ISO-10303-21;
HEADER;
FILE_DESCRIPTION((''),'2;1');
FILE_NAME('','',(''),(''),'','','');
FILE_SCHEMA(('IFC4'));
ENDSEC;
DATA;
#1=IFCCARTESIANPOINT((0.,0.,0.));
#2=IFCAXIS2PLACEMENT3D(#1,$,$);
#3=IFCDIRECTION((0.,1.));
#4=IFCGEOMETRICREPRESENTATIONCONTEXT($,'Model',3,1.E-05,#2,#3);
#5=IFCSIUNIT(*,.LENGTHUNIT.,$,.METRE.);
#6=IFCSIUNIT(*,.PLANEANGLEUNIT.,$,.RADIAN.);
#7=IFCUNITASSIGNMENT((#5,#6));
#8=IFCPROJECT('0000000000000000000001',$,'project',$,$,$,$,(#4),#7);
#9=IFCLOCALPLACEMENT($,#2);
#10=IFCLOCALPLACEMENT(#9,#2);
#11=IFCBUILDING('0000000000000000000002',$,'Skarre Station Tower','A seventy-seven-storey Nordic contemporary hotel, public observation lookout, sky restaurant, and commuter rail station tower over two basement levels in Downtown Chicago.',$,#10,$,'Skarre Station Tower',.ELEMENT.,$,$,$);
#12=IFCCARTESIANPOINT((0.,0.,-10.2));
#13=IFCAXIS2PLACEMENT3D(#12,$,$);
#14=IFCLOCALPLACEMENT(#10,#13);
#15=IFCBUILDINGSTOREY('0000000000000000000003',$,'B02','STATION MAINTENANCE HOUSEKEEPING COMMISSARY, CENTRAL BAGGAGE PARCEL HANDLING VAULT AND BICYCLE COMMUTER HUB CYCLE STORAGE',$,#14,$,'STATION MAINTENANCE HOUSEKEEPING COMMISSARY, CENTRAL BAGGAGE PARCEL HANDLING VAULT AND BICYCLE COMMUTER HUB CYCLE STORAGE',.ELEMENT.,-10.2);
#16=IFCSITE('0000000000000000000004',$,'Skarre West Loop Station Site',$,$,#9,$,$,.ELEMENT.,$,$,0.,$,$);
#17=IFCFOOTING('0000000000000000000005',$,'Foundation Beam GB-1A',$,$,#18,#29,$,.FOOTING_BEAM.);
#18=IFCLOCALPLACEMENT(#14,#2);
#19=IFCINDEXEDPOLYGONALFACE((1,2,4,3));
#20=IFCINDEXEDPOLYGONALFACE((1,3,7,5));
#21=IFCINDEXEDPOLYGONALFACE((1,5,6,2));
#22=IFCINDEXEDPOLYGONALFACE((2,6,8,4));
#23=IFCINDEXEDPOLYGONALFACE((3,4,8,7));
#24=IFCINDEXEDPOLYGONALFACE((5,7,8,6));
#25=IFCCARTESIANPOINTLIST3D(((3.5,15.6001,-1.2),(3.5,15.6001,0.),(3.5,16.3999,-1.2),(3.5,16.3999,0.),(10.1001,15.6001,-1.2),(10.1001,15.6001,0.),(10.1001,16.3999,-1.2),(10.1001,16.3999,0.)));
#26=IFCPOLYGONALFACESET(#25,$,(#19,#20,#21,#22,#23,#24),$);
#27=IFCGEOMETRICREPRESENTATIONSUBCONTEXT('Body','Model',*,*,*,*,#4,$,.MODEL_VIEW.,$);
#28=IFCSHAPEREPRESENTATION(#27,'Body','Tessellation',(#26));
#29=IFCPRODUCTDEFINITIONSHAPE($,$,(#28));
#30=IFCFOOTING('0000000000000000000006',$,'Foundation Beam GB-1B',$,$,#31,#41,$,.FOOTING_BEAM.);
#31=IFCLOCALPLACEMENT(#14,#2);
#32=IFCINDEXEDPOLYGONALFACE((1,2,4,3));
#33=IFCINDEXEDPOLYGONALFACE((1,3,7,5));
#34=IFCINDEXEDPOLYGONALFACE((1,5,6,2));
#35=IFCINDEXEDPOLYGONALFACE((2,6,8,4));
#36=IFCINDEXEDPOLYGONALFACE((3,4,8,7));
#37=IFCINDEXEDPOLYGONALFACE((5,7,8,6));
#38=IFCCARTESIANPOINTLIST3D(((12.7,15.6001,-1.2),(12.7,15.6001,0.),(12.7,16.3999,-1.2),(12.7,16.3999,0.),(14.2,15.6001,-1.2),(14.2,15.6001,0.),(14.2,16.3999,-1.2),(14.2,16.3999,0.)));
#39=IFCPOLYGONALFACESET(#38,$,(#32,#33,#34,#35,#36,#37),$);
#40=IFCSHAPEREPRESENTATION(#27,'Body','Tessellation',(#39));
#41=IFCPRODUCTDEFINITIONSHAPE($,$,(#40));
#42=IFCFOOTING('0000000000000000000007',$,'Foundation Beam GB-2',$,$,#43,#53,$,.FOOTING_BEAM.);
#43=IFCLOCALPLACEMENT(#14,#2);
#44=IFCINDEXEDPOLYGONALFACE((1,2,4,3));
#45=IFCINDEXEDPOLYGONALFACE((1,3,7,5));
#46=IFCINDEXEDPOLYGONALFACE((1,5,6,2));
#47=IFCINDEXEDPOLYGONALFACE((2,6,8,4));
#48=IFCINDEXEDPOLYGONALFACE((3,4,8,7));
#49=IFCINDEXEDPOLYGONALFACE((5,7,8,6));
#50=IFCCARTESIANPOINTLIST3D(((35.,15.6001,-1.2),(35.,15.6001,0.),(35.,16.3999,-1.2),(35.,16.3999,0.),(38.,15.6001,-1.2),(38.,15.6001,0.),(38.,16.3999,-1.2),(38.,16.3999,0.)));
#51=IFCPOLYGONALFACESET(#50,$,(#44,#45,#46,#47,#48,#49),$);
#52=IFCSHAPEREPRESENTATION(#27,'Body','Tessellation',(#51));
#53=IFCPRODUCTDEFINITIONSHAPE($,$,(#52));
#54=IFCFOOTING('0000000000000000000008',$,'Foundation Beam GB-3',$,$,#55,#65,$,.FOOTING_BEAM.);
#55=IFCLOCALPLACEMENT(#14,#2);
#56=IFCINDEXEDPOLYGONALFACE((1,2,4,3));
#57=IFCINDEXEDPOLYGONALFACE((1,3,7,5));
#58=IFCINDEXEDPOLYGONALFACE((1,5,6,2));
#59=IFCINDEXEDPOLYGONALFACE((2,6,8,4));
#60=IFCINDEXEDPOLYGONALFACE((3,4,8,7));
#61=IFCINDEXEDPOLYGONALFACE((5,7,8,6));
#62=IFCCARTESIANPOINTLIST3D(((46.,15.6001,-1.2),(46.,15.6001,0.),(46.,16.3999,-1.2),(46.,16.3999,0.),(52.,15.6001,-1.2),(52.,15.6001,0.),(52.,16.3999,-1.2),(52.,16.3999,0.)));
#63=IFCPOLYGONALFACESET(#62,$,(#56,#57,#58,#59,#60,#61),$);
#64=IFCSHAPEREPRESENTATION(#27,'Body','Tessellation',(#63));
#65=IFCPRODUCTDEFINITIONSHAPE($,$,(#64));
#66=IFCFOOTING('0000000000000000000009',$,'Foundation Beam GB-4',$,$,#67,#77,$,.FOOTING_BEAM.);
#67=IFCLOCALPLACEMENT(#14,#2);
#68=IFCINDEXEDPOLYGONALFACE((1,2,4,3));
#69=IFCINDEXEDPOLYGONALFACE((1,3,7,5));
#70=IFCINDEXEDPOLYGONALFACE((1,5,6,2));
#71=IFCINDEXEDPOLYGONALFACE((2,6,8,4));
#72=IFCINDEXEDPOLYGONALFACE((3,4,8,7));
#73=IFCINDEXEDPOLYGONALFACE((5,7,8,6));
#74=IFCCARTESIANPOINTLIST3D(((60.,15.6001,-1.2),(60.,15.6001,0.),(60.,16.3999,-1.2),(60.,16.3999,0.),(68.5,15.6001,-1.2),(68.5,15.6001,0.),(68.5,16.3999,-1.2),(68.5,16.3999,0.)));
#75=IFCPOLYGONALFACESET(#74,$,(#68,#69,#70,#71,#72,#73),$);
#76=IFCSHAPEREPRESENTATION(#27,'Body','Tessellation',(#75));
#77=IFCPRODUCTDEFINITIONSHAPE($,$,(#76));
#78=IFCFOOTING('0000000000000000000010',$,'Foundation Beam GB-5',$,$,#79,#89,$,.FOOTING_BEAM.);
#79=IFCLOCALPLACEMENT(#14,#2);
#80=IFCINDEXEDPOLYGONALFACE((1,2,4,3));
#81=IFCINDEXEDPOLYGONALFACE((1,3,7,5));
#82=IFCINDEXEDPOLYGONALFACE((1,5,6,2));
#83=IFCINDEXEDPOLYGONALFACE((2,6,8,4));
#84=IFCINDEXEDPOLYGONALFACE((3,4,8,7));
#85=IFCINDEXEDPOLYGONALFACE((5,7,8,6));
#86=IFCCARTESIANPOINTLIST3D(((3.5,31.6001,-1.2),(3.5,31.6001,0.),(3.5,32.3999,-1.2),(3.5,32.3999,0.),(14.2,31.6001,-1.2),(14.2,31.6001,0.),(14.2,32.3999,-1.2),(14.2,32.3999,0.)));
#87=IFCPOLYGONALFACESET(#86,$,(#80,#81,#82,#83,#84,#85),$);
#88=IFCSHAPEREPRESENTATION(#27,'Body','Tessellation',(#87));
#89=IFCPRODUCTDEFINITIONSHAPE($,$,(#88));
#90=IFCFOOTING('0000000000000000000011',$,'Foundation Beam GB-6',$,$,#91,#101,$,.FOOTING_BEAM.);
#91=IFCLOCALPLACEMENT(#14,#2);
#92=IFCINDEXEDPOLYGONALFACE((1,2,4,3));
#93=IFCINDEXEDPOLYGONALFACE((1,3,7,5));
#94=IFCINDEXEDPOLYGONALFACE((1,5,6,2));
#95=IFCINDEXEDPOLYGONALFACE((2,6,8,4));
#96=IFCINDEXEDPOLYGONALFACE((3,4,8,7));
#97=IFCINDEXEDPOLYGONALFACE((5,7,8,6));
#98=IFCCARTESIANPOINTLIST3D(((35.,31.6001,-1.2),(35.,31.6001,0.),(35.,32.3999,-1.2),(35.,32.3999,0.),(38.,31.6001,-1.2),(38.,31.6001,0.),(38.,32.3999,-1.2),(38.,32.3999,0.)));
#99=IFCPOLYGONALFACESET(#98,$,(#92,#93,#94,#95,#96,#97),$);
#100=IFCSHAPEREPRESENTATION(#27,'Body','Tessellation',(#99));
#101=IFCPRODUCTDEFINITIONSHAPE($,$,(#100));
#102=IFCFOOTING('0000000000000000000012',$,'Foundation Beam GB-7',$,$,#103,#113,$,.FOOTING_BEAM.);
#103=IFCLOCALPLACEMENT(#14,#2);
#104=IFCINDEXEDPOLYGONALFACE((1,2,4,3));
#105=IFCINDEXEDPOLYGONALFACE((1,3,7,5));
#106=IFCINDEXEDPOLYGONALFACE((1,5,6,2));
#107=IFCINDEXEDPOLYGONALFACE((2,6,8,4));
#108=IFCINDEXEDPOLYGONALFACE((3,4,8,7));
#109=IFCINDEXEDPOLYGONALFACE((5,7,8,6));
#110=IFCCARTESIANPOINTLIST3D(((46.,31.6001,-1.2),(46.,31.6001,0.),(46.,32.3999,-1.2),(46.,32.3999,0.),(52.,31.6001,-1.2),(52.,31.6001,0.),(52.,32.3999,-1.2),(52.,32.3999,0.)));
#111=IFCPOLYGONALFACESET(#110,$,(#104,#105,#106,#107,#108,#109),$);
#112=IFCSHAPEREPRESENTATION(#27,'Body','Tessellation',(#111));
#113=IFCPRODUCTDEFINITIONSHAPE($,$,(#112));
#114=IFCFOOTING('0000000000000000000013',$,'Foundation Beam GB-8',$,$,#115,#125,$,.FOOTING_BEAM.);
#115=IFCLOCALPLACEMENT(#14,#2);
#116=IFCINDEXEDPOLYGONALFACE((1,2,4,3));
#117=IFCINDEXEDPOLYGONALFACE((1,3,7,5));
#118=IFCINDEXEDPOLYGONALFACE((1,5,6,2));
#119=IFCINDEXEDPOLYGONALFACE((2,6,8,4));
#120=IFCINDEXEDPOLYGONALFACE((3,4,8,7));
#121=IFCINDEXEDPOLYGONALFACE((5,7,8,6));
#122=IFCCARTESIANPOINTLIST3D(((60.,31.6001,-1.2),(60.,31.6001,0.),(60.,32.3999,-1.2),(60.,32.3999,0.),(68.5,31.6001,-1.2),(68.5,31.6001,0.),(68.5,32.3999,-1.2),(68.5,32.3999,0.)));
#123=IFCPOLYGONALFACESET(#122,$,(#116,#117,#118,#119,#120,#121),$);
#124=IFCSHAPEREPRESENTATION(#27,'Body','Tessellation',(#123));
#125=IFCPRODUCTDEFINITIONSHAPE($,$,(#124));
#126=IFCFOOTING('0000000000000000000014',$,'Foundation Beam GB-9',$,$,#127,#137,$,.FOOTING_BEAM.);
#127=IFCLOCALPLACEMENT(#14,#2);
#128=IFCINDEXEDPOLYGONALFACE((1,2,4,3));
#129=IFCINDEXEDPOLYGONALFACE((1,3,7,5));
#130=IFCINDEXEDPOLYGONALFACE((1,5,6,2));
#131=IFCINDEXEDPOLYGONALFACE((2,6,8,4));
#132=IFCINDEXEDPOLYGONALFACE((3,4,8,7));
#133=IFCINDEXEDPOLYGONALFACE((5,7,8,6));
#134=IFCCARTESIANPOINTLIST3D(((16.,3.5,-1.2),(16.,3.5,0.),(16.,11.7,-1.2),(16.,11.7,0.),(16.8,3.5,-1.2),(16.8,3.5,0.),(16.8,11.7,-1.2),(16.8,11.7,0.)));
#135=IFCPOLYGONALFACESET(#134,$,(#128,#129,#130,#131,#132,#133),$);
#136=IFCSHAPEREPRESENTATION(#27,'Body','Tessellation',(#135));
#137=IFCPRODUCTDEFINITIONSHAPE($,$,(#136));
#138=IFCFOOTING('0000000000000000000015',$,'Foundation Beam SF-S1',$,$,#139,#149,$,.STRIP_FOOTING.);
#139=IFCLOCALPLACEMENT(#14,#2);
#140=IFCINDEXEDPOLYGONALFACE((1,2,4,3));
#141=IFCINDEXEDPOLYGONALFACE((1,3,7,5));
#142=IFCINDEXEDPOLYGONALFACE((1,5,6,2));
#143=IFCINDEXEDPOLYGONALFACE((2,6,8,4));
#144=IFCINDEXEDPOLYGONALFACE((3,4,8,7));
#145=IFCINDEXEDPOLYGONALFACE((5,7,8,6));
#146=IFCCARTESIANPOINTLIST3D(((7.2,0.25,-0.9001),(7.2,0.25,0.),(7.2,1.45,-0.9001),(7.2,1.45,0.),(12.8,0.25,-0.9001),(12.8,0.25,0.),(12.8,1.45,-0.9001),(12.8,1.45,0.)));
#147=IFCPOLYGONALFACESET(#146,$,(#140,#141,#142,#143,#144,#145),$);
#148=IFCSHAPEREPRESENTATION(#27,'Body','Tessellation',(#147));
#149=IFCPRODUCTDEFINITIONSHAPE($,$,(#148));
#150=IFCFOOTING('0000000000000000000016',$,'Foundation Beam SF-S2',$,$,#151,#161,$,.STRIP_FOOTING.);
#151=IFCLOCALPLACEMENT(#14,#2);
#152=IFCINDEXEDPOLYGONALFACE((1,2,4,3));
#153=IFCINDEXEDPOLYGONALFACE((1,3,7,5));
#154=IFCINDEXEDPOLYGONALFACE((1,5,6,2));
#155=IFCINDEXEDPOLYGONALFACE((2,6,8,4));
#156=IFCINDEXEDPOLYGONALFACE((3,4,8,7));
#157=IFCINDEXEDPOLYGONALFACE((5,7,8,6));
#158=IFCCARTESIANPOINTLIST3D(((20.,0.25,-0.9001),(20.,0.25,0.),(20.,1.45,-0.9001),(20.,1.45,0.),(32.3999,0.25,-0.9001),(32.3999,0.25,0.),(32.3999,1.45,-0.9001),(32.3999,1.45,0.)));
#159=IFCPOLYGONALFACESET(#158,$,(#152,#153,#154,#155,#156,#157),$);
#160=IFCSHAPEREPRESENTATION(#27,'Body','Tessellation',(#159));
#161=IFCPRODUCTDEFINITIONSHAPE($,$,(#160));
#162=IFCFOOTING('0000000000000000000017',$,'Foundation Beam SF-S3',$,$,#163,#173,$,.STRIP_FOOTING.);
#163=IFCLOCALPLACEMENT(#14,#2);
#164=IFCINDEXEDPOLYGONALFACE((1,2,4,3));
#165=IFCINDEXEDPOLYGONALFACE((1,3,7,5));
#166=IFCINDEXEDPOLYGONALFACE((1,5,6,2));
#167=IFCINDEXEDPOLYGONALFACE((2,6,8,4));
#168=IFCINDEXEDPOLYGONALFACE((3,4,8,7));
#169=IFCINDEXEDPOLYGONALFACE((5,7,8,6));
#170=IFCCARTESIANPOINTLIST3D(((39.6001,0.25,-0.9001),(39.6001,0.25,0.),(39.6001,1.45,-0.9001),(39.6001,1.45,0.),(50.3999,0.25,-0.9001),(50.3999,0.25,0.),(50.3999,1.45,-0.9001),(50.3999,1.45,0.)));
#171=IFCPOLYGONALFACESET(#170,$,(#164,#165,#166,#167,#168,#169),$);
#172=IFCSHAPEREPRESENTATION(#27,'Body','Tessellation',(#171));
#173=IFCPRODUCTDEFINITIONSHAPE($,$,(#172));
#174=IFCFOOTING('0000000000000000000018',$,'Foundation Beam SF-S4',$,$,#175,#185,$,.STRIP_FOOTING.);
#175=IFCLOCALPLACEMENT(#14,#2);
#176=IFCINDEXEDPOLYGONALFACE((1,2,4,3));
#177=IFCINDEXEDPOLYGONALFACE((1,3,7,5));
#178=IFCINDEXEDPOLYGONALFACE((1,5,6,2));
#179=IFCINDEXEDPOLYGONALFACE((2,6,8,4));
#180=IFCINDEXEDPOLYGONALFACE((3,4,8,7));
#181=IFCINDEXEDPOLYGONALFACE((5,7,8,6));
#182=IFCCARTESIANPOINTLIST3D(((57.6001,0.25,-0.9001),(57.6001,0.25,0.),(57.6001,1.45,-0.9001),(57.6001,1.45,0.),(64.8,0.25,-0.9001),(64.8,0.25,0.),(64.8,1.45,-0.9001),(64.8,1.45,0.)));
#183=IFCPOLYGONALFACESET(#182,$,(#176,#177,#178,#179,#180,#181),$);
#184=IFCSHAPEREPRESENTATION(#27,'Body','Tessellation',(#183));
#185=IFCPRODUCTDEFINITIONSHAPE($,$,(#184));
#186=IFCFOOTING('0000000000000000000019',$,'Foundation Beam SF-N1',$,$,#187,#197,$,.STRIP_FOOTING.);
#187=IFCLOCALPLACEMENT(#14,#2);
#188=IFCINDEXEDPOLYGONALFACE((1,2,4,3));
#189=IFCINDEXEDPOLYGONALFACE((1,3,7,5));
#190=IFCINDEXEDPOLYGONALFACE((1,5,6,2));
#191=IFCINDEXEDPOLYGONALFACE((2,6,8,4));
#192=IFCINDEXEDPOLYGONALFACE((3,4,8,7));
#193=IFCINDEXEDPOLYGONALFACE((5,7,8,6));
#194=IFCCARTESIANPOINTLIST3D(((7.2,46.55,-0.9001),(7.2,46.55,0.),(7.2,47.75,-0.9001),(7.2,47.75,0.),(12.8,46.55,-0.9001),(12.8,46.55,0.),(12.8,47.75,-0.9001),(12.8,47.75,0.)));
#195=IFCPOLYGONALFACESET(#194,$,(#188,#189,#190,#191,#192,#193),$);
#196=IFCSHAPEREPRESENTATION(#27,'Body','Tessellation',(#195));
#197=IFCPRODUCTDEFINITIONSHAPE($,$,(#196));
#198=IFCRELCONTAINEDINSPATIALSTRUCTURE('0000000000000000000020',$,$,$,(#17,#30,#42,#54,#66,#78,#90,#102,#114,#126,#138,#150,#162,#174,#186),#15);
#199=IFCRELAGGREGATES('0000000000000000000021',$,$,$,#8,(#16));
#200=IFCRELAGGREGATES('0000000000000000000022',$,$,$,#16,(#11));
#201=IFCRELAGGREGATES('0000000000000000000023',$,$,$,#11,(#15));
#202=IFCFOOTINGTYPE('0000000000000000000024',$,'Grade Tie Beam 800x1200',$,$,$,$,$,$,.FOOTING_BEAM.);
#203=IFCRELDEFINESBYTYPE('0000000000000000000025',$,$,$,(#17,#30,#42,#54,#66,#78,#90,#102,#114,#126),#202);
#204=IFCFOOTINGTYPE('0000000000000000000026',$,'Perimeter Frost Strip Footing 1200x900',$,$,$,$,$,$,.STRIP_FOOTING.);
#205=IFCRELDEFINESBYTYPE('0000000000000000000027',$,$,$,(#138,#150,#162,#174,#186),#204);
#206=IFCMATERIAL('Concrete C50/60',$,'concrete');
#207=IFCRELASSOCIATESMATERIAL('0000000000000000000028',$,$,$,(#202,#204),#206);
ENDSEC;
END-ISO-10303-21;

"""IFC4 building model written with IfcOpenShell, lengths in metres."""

from ifc_helpers import new_model, si_unit, direction, frame, origin, place, context, subcontext, project, spatial, polyline, outline, extrude, material, type_object, element, save


model = new_model("IFC4")

# Units and contexts
model_context = context("Model", 3, precision=1e-05, world=origin(), true_north=direction((0.0, 1.0)))
body_context = subcontext(model_context, "Body", "Model", "MODEL_VIEW")
ifc_project = project(units=[si_unit("LENGTHUNIT", "METRE"), si_unit("PLANEANGLEUNIT", "RADIAN")], contexts=[model_context])

# Site, building, storey
site_placement = place(None, origin())
site = spatial("IfcSite", under=ifc_project, at=site_placement, Name="Skarre West Loop Station Site", CompositionType="ELEMENT", RefElevation=0.0)
building_placement = place(site_placement, origin())
building = spatial("IfcBuilding", under=site, at=building_placement, Name="Skarre Station Tower", Description="A seventy-seven-storey Nordic contemporary hotel, public observation lookout, sky restaurant, and commuter rail station tower over two basement levels in Downtown Chicago.", LongName="Skarre Station Tower", CompositionType="ELEMENT")
storey_placement = place(building_placement, frame((0.0, 0.0, -10.2)))
storey = spatial("IfcBuildingStorey", under=building, at=storey_placement, Name="B02", Description="STATION MAINTENANCE HOUSEKEEPING COMMISSARY, CENTRAL BAGGAGE PARCEL HANDLING VAULT AND BICYCLE COMMUTER HUB CYCLE STORAGE", LongName="STATION MAINTENANCE HOUSEKEEPING COMMISSARY, CENTRAL BAGGAGE PARCEL HANDLING VAULT AND BICYCLE COMMUTER HUB CYCLE STORAGE", CompositionType="ELEMENT", Elevation=-10.2)

# Footings
ifc_material = material(Name="Concrete C50/60", Category="concrete")
footing_type_1 = type_object("IfcFootingType", Name="Grade Tie Beam 800x1200", PredefinedType="FOOTING_BEAM", material=ifc_material)
footing_1_placement = place(storey_placement, frame((0.0, 0.0, -1.2)))
element("IfcFooting", 1, at=footing_1_placement, inside=storey, type_object=footing_type_1, Name="Foundation Beam GB-1A", PredefinedType="FOOTING_BEAM", context=body_context, shape_type="SweptSolid", body=[
    extrude(outline(polyline([(3.5, 15.6001), (10.1001, 15.6001), (10.1001, 16.3999), (3.5, 16.3999), (3.5, 15.6001)])), origin(), (0.0, 0.0, 1.0), 1.2),
])
footing_2_placement = place(storey_placement, frame((0.0, 0.0, -1.2)))
element("IfcFooting", 2, at=footing_2_placement, inside=storey, type_object=footing_type_1, Name="Foundation Beam GB-1B", PredefinedType="FOOTING_BEAM", context=body_context, shape_type="SweptSolid", body=[
    extrude(outline(polyline([(12.7, 15.6001), (14.2, 15.6001), (14.2, 16.3999), (12.7, 16.3999), (12.7, 15.6001)])), origin(), (0.0, 0.0, 1.0), 1.2),
])
footing_3_placement = place(storey_placement, frame((0.0, 0.0, -1.2)))
element("IfcFooting", 3, at=footing_3_placement, inside=storey, type_object=footing_type_1, Name="Foundation Beam GB-2", PredefinedType="FOOTING_BEAM", context=body_context, shape_type="SweptSolid", body=[
    extrude(outline(polyline([(35.0, 15.6001), (38.0, 15.6001), (38.0, 16.3999), (35.0, 16.3999), (35.0, 15.6001)])), origin(), (0.0, 0.0, 1.0), 1.2),
])
footing_4_placement = place(storey_placement, frame((0.0, 0.0, -1.2)))
element("IfcFooting", 4, at=footing_4_placement, inside=storey, type_object=footing_type_1, Name="Foundation Beam GB-3", PredefinedType="FOOTING_BEAM", context=body_context, shape_type="SweptSolid", body=[
    extrude(outline(polyline([(46.0, 15.6001), (52.0, 15.6001), (52.0, 16.3999), (46.0, 16.3999), (46.0, 15.6001)])), origin(), (0.0, 0.0, 1.0), 1.2),
])
footing_5_placement = place(storey_placement, frame((0.0, 0.0, -1.2)))
element("IfcFooting", 5, at=footing_5_placement, inside=storey, type_object=footing_type_1, Name="Foundation Beam GB-4", PredefinedType="FOOTING_BEAM", context=body_context, shape_type="SweptSolid", body=[
    extrude(outline(polyline([(60.0, 15.6001), (68.5, 15.6001), (68.5, 16.3999), (60.0, 16.3999), (60.0, 15.6001)])), origin(), (0.0, 0.0, 1.0), 1.2),
])
footing_6_placement = place(storey_placement, frame((0.0, 0.0, -1.2)))
element("IfcFooting", 6, at=footing_6_placement, inside=storey, type_object=footing_type_1, Name="Foundation Beam GB-5", PredefinedType="FOOTING_BEAM", context=body_context, shape_type="SweptSolid", body=[
    extrude(outline(polyline([(3.5, 31.6001), (14.2, 31.6001), (14.2, 32.3999), (3.5, 32.3999), (3.5, 31.6001)])), origin(), (0.0, 0.0, 1.0), 1.2),
])
footing_7_placement = place(storey_placement, frame((0.0, 0.0, -1.2)))
element("IfcFooting", 7, at=footing_7_placement, inside=storey, type_object=footing_type_1, Name="Foundation Beam GB-6", PredefinedType="FOOTING_BEAM", context=body_context, shape_type="SweptSolid", body=[
    extrude(outline(polyline([(35.0, 31.6001), (38.0, 31.6001), (38.0, 32.3999), (35.0, 32.3999), (35.0, 31.6001)])), origin(), (0.0, 0.0, 1.0), 1.2),
])
footing_8_placement = place(storey_placement, frame((0.0, 0.0, -1.2)))
element("IfcFooting", 8, at=footing_8_placement, inside=storey, type_object=footing_type_1, Name="Foundation Beam GB-7", PredefinedType="FOOTING_BEAM", context=body_context, shape_type="SweptSolid", body=[
    extrude(outline(polyline([(46.0, 31.6001), (52.0, 31.6001), (52.0, 32.3999), (46.0, 32.3999), (46.0, 31.6001)])), origin(), (0.0, 0.0, 1.0), 1.2),
])
footing_9_placement = place(storey_placement, frame((0.0, 0.0, -1.2)))
element("IfcFooting", 9, at=footing_9_placement, inside=storey, type_object=footing_type_1, Name="Foundation Beam GB-8", PredefinedType="FOOTING_BEAM", context=body_context, shape_type="SweptSolid", body=[
    extrude(outline(polyline([(60.0, 31.6001), (68.5, 31.6001), (68.5, 32.3999), (60.0, 32.3999), (60.0, 31.6001)])), origin(), (0.0, 0.0, 1.0), 1.2),
])
footing_10_placement = place(storey_placement, frame((0.0, 0.0, -1.2)))
element("IfcFooting", 10, at=footing_10_placement, inside=storey, type_object=footing_type_1, Name="Foundation Beam GB-9", PredefinedType="FOOTING_BEAM", context=body_context, shape_type="SweptSolid", body=[
    extrude(outline(polyline([(16.0, 3.5), (16.8, 3.5), (16.8, 11.7), (16.0, 11.7), (16.0, 3.5)])), origin(), (0.0, 0.0, 1.0), 1.2),
])
footing_type_2 = type_object("IfcFootingType", Name="Perimeter Frost Strip Footing 1200x900", PredefinedType="STRIP_FOOTING", material=ifc_material)
footing_11_placement = place(storey_placement, frame((0.0, 0.0, -0.9001)))
element("IfcFooting", 11, at=footing_11_placement, inside=storey, type_object=footing_type_2, Name="Foundation Beam SF-S1", PredefinedType="STRIP_FOOTING", context=body_context, shape_type="SweptSolid", body=[
    extrude(outline(polyline([(7.2, 0.25), (12.8, 0.25), (12.8, 1.45), (7.2, 1.45), (7.2, 0.25)])), origin(), (0.0, 0.0, 1.0), 0.9001),
])
footing_12_placement = place(storey_placement, frame((0.0, 0.0, -0.9001)))
element("IfcFooting", 12, at=footing_12_placement, inside=storey, type_object=footing_type_2, Name="Foundation Beam SF-S2", PredefinedType="STRIP_FOOTING", context=body_context, shape_type="SweptSolid", body=[
    extrude(outline(polyline([(20.0, 0.25), (32.3999, 0.25), (32.3999, 1.45), (20.0, 1.45), (20.0, 0.25)])), origin(), (0.0, 0.0, 1.0), 0.9001),
])
footing_13_placement = place(storey_placement, frame((0.0, 0.0, -0.9001)))
element("IfcFooting", 13, at=footing_13_placement, inside=storey, type_object=footing_type_2, Name="Foundation Beam SF-S3", PredefinedType="STRIP_FOOTING", context=body_context, shape_type="SweptSolid", body=[
    extrude(outline(polyline([(39.6001, 0.25), (50.3999, 0.25), (50.3999, 1.45), (39.6001, 1.45), (39.6001, 0.25)])), origin(), (0.0, 0.0, 1.0), 0.9001),
])
footing_14_placement = place(storey_placement, frame((0.0, 0.0, -0.9001)))
element("IfcFooting", 14, at=footing_14_placement, inside=storey, type_object=footing_type_2, Name="Foundation Beam SF-S4", PredefinedType="STRIP_FOOTING", context=body_context, shape_type="SweptSolid", body=[
    extrude(outline(polyline([(57.6001, 0.25), (64.8, 0.25), (64.8, 1.45), (57.6001, 1.45), (57.6001, 0.25)])), origin(), (0.0, 0.0, 1.0), 0.9001),
])
footing_15_placement = place(storey_placement, frame((0.0, 0.0, -0.9001)))
element("IfcFooting", 15, at=footing_15_placement, inside=storey, type_object=footing_type_2, Name="Foundation Beam SF-N1", PredefinedType="STRIP_FOOTING", context=body_context, shape_type="SweptSolid", body=[
    extrude(outline(polyline([(7.2, 46.55), (12.8, 46.55), (12.8, 47.75), (7.2, 47.75), (7.2, 46.55)])), origin(), (0.0, 0.0, 1.0), 0.9001),
])

save(model, "model.ifc")
